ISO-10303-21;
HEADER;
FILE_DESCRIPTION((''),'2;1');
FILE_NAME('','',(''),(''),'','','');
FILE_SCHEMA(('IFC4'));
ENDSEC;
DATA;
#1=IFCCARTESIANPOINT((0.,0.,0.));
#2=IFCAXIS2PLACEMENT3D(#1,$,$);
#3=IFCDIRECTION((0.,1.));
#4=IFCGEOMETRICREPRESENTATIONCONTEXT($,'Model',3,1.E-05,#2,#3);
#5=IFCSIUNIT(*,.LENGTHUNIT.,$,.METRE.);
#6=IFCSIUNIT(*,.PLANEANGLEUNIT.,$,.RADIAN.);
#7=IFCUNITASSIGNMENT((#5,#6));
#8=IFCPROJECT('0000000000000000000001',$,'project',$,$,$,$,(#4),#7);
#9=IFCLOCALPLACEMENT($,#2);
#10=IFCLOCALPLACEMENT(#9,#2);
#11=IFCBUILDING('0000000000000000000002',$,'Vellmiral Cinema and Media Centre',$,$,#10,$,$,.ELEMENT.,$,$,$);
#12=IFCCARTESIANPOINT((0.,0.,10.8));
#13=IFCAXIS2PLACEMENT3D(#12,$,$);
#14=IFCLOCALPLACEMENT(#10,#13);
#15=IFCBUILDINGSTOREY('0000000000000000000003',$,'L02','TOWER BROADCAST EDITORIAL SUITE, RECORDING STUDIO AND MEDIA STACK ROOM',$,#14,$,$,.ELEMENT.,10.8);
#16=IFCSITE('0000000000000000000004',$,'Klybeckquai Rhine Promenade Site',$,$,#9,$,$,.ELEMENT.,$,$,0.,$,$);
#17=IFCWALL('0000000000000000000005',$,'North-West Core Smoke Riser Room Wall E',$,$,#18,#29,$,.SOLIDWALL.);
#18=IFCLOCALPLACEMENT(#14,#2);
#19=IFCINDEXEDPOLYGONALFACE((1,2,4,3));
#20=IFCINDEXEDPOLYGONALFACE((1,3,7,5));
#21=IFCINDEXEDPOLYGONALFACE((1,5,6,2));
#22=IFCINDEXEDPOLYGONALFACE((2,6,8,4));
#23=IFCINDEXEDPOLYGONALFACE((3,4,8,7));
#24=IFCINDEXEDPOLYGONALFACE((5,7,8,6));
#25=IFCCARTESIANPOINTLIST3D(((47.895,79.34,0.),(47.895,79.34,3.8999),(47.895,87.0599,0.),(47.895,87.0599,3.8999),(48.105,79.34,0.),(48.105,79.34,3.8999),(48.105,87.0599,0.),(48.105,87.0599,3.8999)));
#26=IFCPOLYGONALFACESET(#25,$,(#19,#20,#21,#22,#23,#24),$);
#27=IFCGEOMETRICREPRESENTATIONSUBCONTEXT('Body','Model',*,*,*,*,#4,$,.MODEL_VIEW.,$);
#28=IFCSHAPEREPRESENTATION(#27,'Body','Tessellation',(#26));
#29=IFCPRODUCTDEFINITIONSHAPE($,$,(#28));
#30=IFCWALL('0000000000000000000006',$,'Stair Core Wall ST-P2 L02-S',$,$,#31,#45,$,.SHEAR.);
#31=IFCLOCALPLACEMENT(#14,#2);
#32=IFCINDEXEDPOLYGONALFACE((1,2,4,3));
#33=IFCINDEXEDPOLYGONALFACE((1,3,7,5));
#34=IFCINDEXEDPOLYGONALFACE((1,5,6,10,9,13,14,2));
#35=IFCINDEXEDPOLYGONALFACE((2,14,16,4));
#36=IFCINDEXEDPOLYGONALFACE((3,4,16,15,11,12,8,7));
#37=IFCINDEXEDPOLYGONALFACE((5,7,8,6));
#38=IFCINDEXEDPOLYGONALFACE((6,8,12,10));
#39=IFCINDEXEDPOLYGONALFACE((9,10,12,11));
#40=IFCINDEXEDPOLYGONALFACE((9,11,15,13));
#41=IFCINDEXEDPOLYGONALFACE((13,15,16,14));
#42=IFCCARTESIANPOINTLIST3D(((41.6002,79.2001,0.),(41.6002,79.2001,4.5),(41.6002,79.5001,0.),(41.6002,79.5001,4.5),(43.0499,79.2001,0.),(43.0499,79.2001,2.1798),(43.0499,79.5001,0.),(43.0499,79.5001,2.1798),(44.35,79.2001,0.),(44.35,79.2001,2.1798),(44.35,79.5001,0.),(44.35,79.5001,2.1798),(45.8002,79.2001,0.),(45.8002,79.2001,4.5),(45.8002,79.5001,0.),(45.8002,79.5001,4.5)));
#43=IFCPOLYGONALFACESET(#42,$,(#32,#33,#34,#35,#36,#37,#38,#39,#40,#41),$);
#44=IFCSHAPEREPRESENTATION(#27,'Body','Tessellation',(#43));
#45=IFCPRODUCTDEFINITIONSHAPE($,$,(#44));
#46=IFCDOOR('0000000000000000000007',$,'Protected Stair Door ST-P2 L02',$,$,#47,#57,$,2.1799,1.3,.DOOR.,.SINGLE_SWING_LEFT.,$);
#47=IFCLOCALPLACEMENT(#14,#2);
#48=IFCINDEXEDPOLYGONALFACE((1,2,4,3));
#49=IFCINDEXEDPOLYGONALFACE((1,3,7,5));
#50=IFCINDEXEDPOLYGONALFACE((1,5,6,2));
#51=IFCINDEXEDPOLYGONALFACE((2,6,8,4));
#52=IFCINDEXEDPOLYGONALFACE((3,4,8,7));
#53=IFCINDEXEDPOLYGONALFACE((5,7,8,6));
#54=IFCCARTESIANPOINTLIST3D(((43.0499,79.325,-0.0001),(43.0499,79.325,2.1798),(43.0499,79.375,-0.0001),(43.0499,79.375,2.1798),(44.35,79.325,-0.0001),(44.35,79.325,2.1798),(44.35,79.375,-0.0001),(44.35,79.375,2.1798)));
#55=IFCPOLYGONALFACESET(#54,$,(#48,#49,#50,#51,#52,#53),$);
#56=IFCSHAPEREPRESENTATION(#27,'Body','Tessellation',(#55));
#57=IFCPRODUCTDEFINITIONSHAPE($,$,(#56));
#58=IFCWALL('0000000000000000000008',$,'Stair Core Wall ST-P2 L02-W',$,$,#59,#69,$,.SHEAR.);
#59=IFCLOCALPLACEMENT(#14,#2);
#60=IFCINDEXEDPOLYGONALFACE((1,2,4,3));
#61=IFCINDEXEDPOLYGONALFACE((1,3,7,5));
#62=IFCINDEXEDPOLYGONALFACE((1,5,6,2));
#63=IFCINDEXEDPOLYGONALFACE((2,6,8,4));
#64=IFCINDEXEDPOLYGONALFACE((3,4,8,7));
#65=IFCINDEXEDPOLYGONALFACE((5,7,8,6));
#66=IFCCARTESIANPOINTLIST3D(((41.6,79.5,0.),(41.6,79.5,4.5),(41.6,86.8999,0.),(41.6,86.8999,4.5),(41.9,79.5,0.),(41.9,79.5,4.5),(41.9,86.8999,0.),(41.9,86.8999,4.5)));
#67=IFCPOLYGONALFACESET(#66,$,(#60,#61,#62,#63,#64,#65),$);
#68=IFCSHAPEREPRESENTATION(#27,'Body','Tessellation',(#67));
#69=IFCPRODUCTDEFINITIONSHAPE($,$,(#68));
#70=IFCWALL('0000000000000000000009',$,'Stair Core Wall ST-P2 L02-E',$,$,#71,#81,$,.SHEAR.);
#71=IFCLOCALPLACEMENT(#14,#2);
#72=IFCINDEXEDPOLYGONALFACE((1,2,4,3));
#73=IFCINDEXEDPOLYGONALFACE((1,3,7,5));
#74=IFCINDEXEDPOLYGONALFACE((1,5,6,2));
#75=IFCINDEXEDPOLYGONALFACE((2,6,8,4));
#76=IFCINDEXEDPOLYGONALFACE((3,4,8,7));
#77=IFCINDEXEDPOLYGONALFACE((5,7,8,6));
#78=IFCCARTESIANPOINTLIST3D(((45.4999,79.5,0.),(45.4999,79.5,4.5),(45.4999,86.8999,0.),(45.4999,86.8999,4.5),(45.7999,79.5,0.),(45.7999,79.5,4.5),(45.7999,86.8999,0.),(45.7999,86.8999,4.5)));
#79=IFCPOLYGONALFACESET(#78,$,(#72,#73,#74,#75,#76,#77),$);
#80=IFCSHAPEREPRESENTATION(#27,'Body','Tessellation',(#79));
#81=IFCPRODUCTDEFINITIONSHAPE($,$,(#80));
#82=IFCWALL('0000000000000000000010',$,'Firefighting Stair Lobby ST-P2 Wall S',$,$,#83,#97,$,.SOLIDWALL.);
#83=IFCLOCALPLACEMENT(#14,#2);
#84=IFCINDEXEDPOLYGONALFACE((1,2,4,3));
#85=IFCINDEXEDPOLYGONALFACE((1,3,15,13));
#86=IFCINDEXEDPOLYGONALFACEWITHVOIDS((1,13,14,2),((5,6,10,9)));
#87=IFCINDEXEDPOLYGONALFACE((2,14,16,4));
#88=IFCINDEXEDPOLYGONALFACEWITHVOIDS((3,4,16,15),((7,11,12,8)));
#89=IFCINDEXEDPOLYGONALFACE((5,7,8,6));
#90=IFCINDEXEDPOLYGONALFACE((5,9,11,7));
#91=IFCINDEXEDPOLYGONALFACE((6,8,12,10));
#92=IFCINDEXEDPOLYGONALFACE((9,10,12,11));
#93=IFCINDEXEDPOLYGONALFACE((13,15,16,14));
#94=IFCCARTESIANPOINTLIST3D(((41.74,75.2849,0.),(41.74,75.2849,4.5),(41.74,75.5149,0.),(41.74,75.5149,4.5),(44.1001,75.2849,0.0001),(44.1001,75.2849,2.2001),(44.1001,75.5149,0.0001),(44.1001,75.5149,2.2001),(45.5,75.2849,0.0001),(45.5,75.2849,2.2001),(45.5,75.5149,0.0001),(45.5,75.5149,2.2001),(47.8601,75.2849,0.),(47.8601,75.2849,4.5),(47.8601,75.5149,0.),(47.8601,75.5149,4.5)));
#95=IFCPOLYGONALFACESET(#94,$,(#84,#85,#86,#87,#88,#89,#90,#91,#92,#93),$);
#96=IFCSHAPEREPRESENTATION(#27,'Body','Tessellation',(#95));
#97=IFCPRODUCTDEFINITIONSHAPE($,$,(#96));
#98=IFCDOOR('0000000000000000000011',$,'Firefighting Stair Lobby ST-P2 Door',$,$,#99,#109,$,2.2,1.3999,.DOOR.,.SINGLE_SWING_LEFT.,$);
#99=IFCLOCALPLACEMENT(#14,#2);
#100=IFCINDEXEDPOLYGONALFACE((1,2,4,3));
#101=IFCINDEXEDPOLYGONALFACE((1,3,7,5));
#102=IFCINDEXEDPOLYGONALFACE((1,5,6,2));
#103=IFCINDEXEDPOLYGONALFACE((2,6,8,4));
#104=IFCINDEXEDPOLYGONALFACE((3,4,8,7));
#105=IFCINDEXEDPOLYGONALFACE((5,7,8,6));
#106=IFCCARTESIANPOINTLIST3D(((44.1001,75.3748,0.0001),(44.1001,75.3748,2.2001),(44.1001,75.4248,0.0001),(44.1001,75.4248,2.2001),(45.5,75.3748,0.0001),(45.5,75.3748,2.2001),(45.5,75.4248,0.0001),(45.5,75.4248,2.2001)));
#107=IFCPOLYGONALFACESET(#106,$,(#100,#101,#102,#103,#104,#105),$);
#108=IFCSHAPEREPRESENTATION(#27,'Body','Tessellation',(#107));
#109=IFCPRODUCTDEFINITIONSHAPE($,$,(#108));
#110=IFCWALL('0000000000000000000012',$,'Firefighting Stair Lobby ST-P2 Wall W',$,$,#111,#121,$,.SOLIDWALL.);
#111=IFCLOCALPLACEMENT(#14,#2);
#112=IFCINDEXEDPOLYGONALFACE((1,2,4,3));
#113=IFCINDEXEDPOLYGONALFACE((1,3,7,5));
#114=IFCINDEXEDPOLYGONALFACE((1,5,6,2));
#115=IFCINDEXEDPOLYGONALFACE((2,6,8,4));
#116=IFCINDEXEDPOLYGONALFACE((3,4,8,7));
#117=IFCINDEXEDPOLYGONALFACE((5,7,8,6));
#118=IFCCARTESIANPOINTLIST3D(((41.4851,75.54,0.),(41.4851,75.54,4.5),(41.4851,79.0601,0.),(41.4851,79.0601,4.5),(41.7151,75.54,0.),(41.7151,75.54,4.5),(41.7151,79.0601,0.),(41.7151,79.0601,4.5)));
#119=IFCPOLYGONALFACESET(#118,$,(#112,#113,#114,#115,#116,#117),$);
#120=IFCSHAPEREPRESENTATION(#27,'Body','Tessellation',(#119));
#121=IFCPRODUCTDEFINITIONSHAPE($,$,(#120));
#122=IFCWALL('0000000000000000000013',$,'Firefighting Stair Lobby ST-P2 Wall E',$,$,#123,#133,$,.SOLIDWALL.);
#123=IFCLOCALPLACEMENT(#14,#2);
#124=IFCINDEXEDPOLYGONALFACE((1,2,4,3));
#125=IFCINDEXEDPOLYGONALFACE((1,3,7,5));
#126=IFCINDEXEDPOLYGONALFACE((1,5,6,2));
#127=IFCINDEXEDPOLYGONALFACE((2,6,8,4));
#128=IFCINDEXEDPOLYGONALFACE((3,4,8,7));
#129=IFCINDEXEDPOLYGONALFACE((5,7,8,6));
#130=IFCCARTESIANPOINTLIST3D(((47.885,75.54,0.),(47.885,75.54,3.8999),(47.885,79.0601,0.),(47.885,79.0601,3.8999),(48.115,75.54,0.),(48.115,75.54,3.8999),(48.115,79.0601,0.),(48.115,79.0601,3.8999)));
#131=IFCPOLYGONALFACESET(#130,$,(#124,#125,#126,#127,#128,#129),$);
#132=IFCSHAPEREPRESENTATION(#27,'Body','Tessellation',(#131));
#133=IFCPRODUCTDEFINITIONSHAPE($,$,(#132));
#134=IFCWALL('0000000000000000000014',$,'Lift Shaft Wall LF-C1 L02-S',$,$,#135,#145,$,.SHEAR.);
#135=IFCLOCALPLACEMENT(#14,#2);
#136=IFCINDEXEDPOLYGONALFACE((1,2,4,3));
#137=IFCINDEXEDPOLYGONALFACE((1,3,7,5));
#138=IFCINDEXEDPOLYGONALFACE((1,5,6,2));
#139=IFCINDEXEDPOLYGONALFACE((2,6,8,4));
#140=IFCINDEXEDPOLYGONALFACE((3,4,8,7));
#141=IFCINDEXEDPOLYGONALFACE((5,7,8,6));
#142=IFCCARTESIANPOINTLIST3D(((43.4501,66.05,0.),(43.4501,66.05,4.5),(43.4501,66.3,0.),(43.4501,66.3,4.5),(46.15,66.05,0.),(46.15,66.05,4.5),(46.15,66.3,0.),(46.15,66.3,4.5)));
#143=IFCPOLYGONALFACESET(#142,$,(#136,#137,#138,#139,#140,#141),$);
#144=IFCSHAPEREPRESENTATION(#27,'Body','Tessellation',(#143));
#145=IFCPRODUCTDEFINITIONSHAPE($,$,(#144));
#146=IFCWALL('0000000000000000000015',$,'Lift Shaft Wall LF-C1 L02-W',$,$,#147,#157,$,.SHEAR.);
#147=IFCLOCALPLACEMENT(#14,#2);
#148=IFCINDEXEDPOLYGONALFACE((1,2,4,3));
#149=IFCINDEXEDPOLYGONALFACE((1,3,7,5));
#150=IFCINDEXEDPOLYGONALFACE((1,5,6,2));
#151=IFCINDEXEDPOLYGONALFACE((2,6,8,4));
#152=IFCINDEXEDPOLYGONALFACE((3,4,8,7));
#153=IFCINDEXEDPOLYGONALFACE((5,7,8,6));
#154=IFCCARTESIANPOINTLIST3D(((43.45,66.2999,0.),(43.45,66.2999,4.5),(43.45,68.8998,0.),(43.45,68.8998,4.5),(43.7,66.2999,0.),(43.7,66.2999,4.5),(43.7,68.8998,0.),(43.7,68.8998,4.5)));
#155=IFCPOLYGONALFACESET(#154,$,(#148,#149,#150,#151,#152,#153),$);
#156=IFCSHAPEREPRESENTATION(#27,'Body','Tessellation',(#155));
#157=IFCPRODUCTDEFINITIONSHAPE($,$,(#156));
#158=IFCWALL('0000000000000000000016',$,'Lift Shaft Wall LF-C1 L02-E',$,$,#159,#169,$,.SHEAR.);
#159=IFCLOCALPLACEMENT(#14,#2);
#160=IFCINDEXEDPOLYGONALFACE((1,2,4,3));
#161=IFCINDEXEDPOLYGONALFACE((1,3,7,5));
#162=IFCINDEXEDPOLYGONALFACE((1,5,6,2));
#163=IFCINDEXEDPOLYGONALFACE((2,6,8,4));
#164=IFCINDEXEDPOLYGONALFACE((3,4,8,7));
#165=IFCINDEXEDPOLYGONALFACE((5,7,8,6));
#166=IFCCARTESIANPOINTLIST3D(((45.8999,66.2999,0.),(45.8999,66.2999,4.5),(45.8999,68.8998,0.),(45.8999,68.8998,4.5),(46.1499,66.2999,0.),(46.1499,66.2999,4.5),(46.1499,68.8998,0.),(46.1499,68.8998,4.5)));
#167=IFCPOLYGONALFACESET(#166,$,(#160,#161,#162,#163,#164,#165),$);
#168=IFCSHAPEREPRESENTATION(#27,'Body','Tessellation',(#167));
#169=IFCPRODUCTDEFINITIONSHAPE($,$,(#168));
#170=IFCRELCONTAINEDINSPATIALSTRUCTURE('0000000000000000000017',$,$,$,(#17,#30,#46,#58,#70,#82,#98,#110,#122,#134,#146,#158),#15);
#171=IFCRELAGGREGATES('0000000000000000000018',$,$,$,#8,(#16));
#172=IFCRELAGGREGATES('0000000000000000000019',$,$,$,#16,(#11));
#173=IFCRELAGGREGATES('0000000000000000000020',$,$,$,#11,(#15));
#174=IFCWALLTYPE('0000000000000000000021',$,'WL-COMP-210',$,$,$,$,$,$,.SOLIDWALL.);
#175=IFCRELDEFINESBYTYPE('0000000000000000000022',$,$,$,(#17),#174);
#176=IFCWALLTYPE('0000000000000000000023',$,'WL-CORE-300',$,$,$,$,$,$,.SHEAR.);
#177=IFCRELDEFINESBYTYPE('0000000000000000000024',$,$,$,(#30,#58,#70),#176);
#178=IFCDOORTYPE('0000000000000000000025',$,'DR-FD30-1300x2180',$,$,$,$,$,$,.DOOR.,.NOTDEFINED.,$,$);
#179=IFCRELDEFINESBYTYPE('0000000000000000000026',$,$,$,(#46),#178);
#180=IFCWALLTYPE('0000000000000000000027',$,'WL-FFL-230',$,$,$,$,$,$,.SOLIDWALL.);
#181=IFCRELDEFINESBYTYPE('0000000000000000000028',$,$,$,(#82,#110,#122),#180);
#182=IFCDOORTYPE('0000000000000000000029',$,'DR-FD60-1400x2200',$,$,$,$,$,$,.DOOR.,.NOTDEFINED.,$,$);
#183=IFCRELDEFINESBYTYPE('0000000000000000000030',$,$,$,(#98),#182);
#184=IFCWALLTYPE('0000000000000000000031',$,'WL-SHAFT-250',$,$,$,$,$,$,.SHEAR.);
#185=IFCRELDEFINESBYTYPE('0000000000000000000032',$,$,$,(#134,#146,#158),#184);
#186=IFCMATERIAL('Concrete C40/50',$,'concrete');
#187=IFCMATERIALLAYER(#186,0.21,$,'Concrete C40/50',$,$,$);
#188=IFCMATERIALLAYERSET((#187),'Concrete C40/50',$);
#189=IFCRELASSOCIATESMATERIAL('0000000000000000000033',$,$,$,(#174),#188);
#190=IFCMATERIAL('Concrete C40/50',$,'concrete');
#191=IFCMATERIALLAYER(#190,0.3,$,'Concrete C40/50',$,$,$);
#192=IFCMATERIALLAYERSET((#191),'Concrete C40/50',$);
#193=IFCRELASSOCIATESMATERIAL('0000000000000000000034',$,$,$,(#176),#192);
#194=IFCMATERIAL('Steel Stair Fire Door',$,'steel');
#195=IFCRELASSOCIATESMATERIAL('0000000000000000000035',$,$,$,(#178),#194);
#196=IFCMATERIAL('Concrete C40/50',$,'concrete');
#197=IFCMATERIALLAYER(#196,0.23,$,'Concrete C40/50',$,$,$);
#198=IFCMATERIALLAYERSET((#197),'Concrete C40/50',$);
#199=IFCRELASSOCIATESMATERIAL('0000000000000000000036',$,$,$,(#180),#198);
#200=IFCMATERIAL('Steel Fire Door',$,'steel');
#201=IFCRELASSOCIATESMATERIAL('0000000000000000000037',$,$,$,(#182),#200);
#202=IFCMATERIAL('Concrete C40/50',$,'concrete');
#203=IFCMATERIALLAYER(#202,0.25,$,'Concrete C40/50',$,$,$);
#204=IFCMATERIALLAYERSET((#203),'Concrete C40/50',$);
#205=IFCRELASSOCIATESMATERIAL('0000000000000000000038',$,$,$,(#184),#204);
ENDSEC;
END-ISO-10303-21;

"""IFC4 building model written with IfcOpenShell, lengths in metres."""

from ifc_helpers import new_model, si_unit, direction, frame, frame_2d, origin, place, context, subcontext, project, spatial, rectangle, extrude, material, layer, layer_set, type_object, element, fill, save


model = new_model("IFC4")

# Units and contexts
model_context = context("Model", 3, precision=1e-05, world=origin(), true_north=direction((0.0, 1.0)))
body_context = subcontext(model_context, "Body", "Model", "MODEL_VIEW")
ifc_project = project(units=[si_unit("LENGTHUNIT", "METRE"), si_unit("PLANEANGLEUNIT", "RADIAN")], contexts=[model_context])

# Site, building, storey
site_placement = place(None, origin())
site = spatial("IfcSite", under=ifc_project, at=site_placement, Name="Klybeckquai Rhine Promenade Site", CompositionType="ELEMENT", RefElevation=0.0)
building_placement = place(site_placement, origin())
building = spatial("IfcBuilding", under=site, at=building_placement, Name="Vellmiral Cinema and Media Centre", CompositionType="ELEMENT")
storey_placement = place(building_placement, frame((0.0, 0.0, 10.8)))
storey = spatial("IfcBuildingStorey", under=building, at=storey_placement, Name="L02", Description="TOWER BROADCAST EDITORIAL SUITE, RECORDING STUDIO AND MEDIA STACK ROOM", CompositionType="ELEMENT", Elevation=10.8)

# Wall
ifc_material_1 = material(Name="Concrete C40/50", Category="concrete")
ifc_layer_1 = layer(ifc_material_1, 0.21, Name="Concrete C40/50")
ifc_layer_set_1 = layer_set([ifc_layer_1], Name="Concrete C40/50")
wall_type_1 = type_object("IfcWallType", Name="WL-COMP-210", PredefinedType="SOLIDWALL", material=ifc_layer_set_1)
wall_1_placement = place(storey_placement, frame((48.0, 79.3401, 0.0), z_axis=(0.0, 0.0, 1.0), x_axis=(0.0, 1.0, 0.0)))
element("IfcWall", 1, at=wall_1_placement, inside=storey, type_object=wall_type_1, Name="North-West Core Smoke Riser Room Wall E", PredefinedType="SOLIDWALL", context=body_context, shape_type="SweptSolid", body=[
    extrude(rectangle(XDim=7.72, YDim=0.21, at=frame_2d((3.8599, 0.0))), origin(), (0.0, 0.0, 1.0), 3.8999),
])

# Wall, opening, door
ifc_material_2 = material(Name="Concrete C40/50", Category="concrete")
ifc_layer_2 = layer(ifc_material_2, 0.3, Name="Concrete C40/50")
ifc_layer_set_2 = layer_set([ifc_layer_2], Name="Concrete C40/50")
wall_type_2 = type_object("IfcWallType", Name="WL-CORE-300", PredefinedType="SHEAR", material=ifc_layer_set_2)
wall_2_placement = place(storey_placement, frame((41.6001, 79.3501, 0.0), z_axis=(0.0, 0.0, 1.0), x_axis=(1.0, 0.0, 0.0)))
wall_2 = element("IfcWall", 2, at=wall_2_placement, inside=storey, type_object=wall_type_2, Name="Stair Core Wall ST-P2 L02-S", PredefinedType="SHEAR", context=body_context, shape_type="SweptSolid", body=[
    extrude(rectangle(XDim=4.2, YDim=0.3, at=frame_2d((2.1001, 0.0))), origin(), (0.0, 0.0, 1.0), 4.5),
])
opening_1_placement = place(wall_2_placement, frame((1.45, 0.0, 0.0)))
opening_1 = element("IfcOpeningElement", 3, at=opening_1_placement, cuts=wall_2, PredefinedType="OPENING", context=body_context, shape_type="SweptSolid", body=[
    extrude(rectangle(XDim=1.3, YDim=2.1799, at=frame_2d((0.6499, 1.0898))), frame((0.0, 0.1621, 0.0), z_axis=(0.0, -1.0, 0.0), x_axis=(1.0, 0.0, 0.0)), (0.0, 0.0, 1.0), 0.324),
])
ifc_material_3 = material(Name="Steel Stair Fire Door", Category="steel")
door_type_1 = type_object("IfcDoorType", Name="DR-FD30-1300x2180", OperationType="NOTDEFINED", PredefinedType="DOOR", material=ifc_material_3)
door_1_placement = place(opening_1_placement, origin())
door_1 = element("IfcDoor", 4, at=door_1_placement, inside=storey, type_object=door_type_1, Name="Protected Stair Door ST-P2 L02", OperationType="SINGLE_SWING_LEFT", OverallHeight=2.1799, OverallWidth=1.3, PredefinedType="DOOR", context=body_context, shape_type="SweptSolid", body=[
    extrude(rectangle(XDim=1.3, YDim=2.1799, at=frame_2d((0.6499, 1.0898))), frame((0.0, 0.0249, 0.0), z_axis=(0.0, -1.0, 0.0), x_axis=(1.0, 0.0, 0.0)), (0.0, 0.0, 1.0), 0.05),
])
fill(opening_1, door_1)

# Walls
for number, where, z_axis, x_axis, name in (
    (5, (41.75, 79.5, 0.0), (0.0, 0.0, 1.0), (0.0, 1.0, 0.0), "Stair Core Wall ST-P2 L02-W"),
    (6, (45.6499, 79.5, 0.0), (0.0, 0.0, 1.0), (0.0, 1.0, 0.0), "Stair Core Wall ST-P2 L02-E"),
):
    element("IfcWall", number, at=place(storey_placement, frame(where, z_axis=z_axis, x_axis=x_axis)), inside=storey, type_object=wall_type_2, Name=name, PredefinedType="SHEAR", context=body_context, shape_type="SweptSolid", body=[
        extrude(rectangle(XDim=7.3999, YDim=0.3, at=frame_2d((3.7, 0.0))), origin(), (0.0, 0.0, 1.0), 4.5),
    ])

# Wall, opening, door
ifc_material_4 = material(Name="Concrete C40/50", Category="concrete")
ifc_layer_3 = layer(ifc_material_4, 0.23, Name="Concrete C40/50")
ifc_layer_set_3 = layer_set([ifc_layer_3], Name="Concrete C40/50")
wall_type_3 = type_object("IfcWallType", Name="WL-FFL-230", PredefinedType="SOLIDWALL", material=ifc_layer_set_3)
wall_3_placement = place(storey_placement, frame((41.74, 75.3999, 0.0), z_axis=(0.0, 0.0, 1.0), x_axis=(1.0, 0.0, 0.0)))
wall_3 = element("IfcWall", 7, at=wall_3_placement, inside=storey, type_object=wall_type_3, Name="Firefighting Stair Lobby ST-P2 Wall S", PredefinedType="SOLIDWALL", context=body_context, shape_type="SweptSolid", body=[
    extrude(rectangle(XDim=6.1201, YDim=0.23, at=frame_2d((3.0601, 0.0))), origin(), (0.0, 0.0, 1.0), 4.5),
])
opening_2_placement = place(wall_3_placement, frame((2.3601, 0.0, 0.0)))
opening_2 = element("IfcOpeningElement", 8, at=opening_2_placement, cuts=wall_3, PredefinedType="OPENING", context=body_context, shape_type="SweptSolid", body=[
    extrude(rectangle(XDim=1.3999, YDim=2.2, at=frame_2d((0.7, 1.1001))), frame((0.0, 0.127, 0.0), z_axis=(0.0, -1.0, 0.0), x_axis=(1.0, 0.0, 0.0)), (0.0, 0.0, 1.0), 0.2539),
])
ifc_material_5 = material(Name="Steel Fire Door", Category="steel")
door_type_2 = type_object("IfcDoorType", Name="DR-FD60-1400x2200", OperationType="NOTDEFINED", PredefinedType="DOOR", material=ifc_material_5)
door_2_placement = place(opening_2_placement, origin())
door_2 = element("IfcDoor", 9, at=door_2_placement, inside=storey, type_object=door_type_2, Name="Firefighting Stair Lobby ST-P2 Door", OperationType="SINGLE_SWING_LEFT", OverallHeight=2.2, OverallWidth=1.3999, PredefinedType="DOOR", context=body_context, shape_type="SweptSolid", body=[
    extrude(rectangle(XDim=1.3999, YDim=2.2, at=frame_2d((0.7, 1.1001))), frame((0.0, 0.0249, 0.0), z_axis=(0.0, -1.0, 0.0), x_axis=(1.0, 0.0, 0.0)), (0.0, 0.0, 1.0), 0.05),
])
fill(opening_2, door_2)

# Walls
wall_4_placement = place(storey_placement, frame((41.6001, 75.54, 0.0), z_axis=(0.0, 0.0, 1.0), x_axis=(0.0, 1.0, 0.0)))
element("IfcWall", 10, at=wall_4_placement, inside=storey, type_object=wall_type_3, Name="Firefighting Stair Lobby ST-P2 Wall W", PredefinedType="SOLIDWALL", context=body_context, shape_type="SweptSolid", body=[
    extrude(rectangle(XDim=3.52, YDim=0.23, at=frame_2d((1.76, 0.0))), origin(), (0.0, 0.0, 1.0), 4.5),
])
wall_5_placement = place(storey_placement, frame((48.0, 75.54, 0.0), z_axis=(0.0, 0.0, 1.0), x_axis=(0.0, 1.0, 0.0)))
element("IfcWall", 11, at=wall_5_placement, inside=storey, type_object=wall_type_3, Name="Firefighting Stair Lobby ST-P2 Wall E", PredefinedType="SOLIDWALL", context=body_context, shape_type="SweptSolid", body=[
    extrude(rectangle(XDim=3.52, YDim=0.23, at=frame_2d((1.76, 0.0))), origin(), (0.0, 0.0, 1.0), 3.8999),
])
ifc_material_6 = material(Name="Concrete C40/50", Category="concrete")
ifc_layer_4 = layer(ifc_material_6, 0.25, Name="Concrete C40/50")
ifc_layer_set_4 = layer_set([ifc_layer_4], Name="Concrete C40/50")
wall_type_4 = type_object("IfcWallType", Name="WL-SHAFT-250", PredefinedType="SHEAR", material=ifc_layer_set_4)
wall_6_placement = place(storey_placement, frame((43.45, 66.175, 0.0), z_axis=(0.0, 0.0, 1.0), x_axis=(1.0, 0.0, 0.0)))
element("IfcWall", 12, at=wall_6_placement, inside=storey, type_object=wall_type_4, Name="Lift Shaft Wall LF-C1 L02-S", PredefinedType="SHEAR", context=body_context, shape_type="SweptSolid", body=[
    extrude(rectangle(XDim=2.7, YDim=0.25, at=frame_2d((1.3501, 0.0))), origin(), (0.0, 0.0, 1.0), 4.5),
])

# Walls
for number, where, z_axis, x_axis, name in (
    (13, (43.575, 66.3, 0.0), (0.0, 0.0, 1.0), (0.0, 1.0, 0.0), "Lift Shaft Wall LF-C1 L02-W"),
    (14, (46.0249, 66.3, 0.0), (0.0, 0.0, 1.0), (0.0, 1.0, 0.0), "Lift Shaft Wall LF-C1 L02-E"),
):
    element("IfcWall", number, at=place(storey_placement, frame(where, z_axis=z_axis, x_axis=x_axis)), inside=storey, type_object=wall_type_4, Name=name, PredefinedType="SHEAR", context=body_context, shape_type="SweptSolid", body=[
        extrude(rectangle(XDim=2.5999, YDim=0.25, at=frame_2d((1.2998, 0.0))), origin(), (0.0, 0.0, 1.0), 4.5),
    ])

save(model, "model.ifc")
